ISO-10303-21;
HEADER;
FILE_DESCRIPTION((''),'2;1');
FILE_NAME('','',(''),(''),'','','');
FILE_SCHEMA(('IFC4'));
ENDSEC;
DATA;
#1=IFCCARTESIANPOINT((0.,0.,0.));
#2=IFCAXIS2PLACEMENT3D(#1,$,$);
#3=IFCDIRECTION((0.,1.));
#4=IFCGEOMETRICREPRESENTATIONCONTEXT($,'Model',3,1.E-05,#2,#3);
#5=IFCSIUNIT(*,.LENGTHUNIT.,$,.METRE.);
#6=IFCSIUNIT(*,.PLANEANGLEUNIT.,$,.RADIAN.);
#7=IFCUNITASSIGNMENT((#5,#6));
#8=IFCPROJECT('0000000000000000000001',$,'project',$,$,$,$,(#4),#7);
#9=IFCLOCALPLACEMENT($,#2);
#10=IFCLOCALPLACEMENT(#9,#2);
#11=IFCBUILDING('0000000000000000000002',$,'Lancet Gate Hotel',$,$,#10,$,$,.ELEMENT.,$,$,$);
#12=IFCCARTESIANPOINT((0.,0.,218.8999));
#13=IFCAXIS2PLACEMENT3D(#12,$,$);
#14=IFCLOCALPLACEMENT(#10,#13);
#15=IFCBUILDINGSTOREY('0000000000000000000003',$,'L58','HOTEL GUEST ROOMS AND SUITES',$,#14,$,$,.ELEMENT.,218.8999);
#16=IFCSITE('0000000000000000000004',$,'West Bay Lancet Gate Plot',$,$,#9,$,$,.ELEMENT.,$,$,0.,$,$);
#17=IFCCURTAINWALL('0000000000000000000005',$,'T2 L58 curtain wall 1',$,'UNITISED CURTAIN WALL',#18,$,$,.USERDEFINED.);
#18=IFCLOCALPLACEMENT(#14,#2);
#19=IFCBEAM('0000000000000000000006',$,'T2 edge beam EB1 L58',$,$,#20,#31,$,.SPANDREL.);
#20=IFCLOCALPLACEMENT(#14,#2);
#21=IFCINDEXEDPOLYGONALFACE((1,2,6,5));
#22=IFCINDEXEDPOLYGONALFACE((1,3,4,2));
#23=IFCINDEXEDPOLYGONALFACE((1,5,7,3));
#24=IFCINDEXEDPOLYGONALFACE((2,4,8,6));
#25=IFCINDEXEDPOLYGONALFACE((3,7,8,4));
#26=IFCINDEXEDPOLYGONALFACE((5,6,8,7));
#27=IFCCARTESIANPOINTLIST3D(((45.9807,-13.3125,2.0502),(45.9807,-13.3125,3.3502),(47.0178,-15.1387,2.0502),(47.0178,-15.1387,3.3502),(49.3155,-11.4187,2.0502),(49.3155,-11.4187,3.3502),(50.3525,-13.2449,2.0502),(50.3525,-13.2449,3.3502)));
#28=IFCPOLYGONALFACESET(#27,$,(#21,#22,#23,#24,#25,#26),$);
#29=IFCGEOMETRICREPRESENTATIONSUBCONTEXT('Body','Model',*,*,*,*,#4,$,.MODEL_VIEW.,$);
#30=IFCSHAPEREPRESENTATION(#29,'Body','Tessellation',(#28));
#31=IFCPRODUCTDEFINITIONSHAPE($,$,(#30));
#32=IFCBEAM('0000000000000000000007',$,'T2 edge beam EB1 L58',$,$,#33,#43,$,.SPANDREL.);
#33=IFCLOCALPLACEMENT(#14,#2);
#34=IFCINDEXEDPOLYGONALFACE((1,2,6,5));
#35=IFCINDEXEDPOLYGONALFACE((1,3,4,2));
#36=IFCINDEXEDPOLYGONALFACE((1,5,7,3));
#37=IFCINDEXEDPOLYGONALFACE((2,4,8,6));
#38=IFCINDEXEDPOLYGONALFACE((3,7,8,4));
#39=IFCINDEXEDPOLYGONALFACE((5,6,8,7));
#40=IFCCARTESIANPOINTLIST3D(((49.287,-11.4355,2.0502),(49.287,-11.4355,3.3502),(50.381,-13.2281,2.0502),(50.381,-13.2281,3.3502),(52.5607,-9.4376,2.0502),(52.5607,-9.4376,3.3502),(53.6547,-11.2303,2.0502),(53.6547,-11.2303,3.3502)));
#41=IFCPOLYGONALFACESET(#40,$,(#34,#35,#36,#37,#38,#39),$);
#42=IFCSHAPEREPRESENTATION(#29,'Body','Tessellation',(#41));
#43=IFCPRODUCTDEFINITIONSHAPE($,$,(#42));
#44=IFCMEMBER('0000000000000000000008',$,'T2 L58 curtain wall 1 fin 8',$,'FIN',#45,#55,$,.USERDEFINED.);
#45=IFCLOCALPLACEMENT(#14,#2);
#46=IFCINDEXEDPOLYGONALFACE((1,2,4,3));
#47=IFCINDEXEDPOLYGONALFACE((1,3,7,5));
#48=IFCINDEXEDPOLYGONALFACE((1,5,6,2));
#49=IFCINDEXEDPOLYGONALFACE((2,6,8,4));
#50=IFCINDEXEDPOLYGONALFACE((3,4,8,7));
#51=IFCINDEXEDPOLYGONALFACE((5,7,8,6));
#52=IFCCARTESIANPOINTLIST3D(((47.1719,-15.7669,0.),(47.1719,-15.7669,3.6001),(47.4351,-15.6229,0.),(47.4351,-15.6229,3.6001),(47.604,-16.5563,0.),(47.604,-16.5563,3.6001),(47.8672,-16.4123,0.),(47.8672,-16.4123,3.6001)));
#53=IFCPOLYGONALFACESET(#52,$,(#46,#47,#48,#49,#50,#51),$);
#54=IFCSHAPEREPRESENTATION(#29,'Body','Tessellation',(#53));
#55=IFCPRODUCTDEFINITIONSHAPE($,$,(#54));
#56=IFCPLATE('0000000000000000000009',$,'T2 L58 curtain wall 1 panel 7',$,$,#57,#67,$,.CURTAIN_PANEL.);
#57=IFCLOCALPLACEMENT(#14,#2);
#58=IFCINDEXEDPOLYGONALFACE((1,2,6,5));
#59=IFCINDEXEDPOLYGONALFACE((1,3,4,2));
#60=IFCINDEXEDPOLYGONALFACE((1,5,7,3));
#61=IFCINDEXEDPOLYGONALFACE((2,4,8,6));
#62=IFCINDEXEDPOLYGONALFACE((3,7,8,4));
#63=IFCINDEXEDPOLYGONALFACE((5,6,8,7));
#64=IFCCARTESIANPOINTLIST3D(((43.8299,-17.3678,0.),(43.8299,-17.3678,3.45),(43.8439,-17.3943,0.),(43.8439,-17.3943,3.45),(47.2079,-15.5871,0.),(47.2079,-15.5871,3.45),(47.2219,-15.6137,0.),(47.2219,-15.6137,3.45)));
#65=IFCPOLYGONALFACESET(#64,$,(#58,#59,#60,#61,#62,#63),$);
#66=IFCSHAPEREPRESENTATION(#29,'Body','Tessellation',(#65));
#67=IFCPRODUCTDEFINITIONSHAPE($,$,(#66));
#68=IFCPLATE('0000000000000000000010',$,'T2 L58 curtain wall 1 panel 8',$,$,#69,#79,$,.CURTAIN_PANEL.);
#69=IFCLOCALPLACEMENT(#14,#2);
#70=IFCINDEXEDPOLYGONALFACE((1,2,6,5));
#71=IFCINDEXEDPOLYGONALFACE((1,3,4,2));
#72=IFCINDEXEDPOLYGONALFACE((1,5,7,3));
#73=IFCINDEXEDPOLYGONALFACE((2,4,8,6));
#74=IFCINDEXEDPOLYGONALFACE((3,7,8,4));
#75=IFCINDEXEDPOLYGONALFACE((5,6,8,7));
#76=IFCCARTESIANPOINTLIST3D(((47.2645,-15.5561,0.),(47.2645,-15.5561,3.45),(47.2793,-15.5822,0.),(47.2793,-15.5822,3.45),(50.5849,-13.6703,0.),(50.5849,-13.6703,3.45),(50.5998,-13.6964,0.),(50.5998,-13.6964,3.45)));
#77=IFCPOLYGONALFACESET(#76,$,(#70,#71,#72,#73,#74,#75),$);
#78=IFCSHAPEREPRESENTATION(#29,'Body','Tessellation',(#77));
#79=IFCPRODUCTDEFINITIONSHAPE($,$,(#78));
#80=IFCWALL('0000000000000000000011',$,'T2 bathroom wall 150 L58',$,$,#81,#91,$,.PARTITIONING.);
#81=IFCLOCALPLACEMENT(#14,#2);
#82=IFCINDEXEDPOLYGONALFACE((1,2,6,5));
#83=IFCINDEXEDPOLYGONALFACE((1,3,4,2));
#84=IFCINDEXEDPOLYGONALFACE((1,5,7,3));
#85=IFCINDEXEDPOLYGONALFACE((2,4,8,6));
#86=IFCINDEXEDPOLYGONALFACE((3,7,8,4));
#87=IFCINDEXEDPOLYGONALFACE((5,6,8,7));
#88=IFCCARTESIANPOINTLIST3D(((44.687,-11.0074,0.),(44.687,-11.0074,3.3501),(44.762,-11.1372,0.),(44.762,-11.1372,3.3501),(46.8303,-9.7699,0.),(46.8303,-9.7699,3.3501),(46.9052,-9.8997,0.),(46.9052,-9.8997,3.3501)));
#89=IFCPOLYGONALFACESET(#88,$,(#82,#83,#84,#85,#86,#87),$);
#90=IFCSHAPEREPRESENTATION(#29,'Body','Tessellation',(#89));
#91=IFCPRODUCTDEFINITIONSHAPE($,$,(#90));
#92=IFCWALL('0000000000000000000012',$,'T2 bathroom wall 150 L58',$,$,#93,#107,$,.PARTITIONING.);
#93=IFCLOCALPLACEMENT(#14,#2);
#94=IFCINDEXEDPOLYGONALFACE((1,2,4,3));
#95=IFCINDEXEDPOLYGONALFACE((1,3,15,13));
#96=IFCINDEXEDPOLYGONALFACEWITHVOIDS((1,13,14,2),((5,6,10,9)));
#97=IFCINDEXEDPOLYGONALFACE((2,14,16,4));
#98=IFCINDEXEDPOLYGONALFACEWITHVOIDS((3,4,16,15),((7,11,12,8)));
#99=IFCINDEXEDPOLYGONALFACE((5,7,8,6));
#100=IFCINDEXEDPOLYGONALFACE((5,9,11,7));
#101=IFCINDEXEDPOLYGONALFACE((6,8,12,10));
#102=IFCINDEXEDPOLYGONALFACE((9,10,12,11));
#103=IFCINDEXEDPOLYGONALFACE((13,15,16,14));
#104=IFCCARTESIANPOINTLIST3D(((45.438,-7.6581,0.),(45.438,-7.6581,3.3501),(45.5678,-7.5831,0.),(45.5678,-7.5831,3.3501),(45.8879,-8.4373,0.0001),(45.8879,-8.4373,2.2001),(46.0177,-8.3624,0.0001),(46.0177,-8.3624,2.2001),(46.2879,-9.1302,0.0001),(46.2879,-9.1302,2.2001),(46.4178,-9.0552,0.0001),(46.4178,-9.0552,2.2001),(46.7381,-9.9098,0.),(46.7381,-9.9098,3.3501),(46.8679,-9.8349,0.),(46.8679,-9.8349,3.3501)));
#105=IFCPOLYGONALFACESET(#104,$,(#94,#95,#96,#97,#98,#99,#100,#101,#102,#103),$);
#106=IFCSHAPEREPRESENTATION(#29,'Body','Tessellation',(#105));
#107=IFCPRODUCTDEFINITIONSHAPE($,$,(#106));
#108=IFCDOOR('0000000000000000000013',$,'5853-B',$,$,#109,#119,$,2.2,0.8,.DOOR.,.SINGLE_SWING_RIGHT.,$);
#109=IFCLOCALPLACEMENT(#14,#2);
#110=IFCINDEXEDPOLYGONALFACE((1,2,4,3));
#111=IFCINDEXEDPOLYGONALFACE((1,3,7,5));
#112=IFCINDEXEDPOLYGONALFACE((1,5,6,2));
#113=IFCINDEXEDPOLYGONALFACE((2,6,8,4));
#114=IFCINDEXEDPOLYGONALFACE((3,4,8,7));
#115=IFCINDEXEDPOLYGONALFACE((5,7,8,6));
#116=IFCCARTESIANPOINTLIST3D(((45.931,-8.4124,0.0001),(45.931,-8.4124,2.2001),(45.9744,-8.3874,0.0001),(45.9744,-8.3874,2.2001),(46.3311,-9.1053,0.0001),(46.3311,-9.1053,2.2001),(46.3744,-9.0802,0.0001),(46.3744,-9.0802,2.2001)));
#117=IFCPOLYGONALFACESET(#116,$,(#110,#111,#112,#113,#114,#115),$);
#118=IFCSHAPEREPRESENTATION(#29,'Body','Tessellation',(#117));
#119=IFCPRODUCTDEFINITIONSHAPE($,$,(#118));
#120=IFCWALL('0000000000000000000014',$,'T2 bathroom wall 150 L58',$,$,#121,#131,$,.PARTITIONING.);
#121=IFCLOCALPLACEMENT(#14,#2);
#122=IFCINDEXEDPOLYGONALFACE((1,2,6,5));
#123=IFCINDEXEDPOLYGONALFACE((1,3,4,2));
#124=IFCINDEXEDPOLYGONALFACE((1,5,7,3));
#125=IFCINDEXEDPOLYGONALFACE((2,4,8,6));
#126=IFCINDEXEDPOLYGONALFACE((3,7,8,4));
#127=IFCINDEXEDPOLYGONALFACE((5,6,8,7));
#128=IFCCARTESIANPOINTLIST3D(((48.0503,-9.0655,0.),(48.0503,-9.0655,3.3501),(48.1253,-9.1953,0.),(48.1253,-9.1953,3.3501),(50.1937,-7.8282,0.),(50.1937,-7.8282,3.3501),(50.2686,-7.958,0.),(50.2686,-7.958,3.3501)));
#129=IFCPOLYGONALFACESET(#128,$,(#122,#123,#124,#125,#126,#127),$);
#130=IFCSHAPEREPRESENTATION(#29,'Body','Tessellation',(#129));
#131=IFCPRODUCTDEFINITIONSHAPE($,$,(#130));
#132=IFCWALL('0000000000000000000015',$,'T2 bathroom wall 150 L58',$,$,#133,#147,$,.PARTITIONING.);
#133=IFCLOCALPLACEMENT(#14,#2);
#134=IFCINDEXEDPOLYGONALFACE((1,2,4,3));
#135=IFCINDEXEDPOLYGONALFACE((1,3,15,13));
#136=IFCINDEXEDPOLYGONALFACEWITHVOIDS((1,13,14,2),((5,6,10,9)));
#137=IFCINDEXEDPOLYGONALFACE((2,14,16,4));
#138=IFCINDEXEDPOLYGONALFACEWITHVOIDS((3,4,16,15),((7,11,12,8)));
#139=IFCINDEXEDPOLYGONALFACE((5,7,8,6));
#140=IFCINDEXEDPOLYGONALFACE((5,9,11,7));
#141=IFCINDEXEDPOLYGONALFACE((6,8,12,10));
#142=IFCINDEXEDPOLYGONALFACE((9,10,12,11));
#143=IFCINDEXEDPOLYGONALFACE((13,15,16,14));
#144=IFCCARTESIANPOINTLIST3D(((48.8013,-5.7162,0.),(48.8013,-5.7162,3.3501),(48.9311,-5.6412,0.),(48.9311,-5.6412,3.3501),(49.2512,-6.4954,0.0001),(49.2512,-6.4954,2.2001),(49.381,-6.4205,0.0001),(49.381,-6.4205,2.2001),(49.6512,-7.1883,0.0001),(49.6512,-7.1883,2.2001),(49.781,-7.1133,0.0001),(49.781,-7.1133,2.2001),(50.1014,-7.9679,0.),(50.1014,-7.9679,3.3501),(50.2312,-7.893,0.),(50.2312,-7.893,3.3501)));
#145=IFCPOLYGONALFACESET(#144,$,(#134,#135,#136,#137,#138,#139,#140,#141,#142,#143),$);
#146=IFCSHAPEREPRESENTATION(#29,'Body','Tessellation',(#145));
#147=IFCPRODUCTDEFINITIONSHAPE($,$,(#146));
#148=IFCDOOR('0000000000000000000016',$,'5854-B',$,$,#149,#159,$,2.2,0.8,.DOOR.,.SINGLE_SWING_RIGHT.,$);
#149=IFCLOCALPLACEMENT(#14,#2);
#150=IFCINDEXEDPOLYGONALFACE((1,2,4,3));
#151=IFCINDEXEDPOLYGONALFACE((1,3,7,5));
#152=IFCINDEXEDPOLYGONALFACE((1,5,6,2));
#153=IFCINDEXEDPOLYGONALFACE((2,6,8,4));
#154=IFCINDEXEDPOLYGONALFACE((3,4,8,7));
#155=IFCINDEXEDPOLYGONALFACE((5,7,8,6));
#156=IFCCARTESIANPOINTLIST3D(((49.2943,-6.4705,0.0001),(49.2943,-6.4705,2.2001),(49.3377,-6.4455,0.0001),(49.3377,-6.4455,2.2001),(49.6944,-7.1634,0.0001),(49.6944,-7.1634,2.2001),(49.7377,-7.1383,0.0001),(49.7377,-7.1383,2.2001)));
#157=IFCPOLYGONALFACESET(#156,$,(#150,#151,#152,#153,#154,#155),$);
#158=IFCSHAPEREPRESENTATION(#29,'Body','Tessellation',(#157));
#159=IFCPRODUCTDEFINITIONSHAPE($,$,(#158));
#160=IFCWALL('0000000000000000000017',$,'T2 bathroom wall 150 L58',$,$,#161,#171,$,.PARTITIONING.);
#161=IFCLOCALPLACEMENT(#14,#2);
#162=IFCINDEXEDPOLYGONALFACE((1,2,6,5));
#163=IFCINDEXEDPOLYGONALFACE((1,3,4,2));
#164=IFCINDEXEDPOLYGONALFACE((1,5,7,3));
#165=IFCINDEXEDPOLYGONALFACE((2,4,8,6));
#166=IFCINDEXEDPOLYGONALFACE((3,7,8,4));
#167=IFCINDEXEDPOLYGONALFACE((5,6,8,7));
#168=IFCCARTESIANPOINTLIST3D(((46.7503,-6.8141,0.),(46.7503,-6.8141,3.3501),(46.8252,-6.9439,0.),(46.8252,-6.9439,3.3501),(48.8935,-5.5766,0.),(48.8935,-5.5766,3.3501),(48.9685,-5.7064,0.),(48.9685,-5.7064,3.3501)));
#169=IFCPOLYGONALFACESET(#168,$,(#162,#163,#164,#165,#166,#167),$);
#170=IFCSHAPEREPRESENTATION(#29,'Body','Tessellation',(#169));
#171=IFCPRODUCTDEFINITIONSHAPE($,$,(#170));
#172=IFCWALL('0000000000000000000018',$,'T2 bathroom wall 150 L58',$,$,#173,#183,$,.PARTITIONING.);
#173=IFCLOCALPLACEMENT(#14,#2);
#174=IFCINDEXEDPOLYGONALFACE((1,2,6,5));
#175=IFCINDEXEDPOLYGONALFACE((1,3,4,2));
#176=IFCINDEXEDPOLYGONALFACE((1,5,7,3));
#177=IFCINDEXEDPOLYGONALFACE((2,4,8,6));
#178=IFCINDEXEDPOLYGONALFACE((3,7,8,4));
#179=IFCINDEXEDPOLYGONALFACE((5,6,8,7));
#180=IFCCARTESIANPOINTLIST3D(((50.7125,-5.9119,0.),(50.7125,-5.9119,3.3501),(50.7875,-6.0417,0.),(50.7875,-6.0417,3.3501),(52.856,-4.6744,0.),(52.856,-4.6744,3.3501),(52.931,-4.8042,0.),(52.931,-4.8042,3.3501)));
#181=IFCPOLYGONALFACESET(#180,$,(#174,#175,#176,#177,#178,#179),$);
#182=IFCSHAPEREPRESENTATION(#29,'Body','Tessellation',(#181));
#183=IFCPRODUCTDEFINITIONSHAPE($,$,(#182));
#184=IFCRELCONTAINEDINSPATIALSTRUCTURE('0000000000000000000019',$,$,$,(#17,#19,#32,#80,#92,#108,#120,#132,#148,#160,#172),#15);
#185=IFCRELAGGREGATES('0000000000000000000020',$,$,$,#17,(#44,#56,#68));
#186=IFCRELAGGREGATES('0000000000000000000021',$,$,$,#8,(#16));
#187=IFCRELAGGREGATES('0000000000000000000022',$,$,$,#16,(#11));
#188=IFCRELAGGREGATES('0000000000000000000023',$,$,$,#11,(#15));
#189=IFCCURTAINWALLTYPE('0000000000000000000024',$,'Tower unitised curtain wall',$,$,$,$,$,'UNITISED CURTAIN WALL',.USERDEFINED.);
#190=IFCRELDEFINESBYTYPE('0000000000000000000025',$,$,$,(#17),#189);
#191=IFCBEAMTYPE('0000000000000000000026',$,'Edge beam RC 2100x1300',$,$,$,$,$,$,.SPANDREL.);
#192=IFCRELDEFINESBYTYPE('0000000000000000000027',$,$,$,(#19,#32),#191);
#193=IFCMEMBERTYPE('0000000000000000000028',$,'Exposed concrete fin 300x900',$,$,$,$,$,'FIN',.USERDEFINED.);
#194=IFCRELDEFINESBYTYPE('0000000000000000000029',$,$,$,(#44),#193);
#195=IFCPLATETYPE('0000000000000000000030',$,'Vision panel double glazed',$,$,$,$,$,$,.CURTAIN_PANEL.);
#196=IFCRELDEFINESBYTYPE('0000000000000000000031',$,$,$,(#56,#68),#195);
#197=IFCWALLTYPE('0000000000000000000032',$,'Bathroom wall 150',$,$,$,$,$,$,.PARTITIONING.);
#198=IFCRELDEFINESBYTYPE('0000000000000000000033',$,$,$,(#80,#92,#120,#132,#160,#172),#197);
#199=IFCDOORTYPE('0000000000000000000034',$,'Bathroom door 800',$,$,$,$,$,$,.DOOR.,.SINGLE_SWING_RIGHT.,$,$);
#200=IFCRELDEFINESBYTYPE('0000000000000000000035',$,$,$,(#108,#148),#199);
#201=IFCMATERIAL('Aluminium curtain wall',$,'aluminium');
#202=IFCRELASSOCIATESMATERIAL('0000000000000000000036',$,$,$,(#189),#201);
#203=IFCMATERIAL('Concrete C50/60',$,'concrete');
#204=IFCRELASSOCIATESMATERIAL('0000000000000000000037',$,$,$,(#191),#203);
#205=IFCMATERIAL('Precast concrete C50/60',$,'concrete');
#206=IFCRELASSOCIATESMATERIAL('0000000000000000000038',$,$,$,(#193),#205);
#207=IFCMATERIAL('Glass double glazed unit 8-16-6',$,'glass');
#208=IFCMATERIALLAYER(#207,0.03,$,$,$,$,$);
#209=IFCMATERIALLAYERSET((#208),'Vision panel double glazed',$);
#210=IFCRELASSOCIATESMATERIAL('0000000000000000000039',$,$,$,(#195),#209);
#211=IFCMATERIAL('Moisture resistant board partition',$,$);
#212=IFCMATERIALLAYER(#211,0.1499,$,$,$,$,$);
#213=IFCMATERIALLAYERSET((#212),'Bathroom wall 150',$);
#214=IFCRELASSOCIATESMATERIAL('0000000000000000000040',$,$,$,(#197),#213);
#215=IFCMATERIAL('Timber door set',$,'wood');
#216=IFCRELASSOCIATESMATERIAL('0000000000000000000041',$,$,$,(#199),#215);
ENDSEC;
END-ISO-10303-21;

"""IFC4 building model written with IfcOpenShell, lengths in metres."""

from ifc_helpers import new_model, si_unit, direction, frame, frame_2d, origin, origin_2d, place, context, subcontext, project, spatial, rectangle, extrude, material, layer, layer_set, material_profile, profile_set, type_object, element, fill, aggregate, save


model = new_model("IFC4")

# Units and contexts
model_context = context("Model", 3, precision=1e-05, world=origin(), true_north=direction((0.0, 1.0)))
body_context = subcontext(model_context, "Body", "Model", "MODEL_VIEW")
ifc_project = project(units=[si_unit("LENGTHUNIT", "METRE"), si_unit("PLANEANGLEUNIT", "RADIAN")], contexts=[model_context])

# Site, building, storey
site_placement = place(None, origin())
site = spatial("IfcSite", under=ifc_project, at=site_placement, Name="West Bay Lancet Gate Plot", CompositionType="ELEMENT", RefElevation=0.0)
building_placement = place(site_placement, origin())
building = spatial("IfcBuilding", under=site, at=building_placement, Name="Lancet Gate Hotel", CompositionType="ELEMENT")
storey_placement = place(building_placement, frame((0.0, 0.0, 218.8999)))
storey = spatial("IfcBuildingStorey", under=building, at=storey_placement, Name="L58", Description="HOTEL GUEST ROOMS AND SUITES", CompositionType="ELEMENT", Elevation=218.8999)

# Curtain wall
ifc_material_1 = material(Name="Aluminium curtain wall", Category="aluminium")
curtain_wall_type = type_object("IfcCurtainWallType", Name="Tower unitised curtain wall", ElementType="UNITISED CURTAIN WALL", PredefinedType="USERDEFINED", material=ifc_material_1)
curtain_wall_placement = place(storey_placement, origin())
curtain_wall = element("IfcCurtainWall", 1, at=curtain_wall_placement, inside=storey, type_object=curtain_wall_type, Name="T2 L58 curtain wall 1", ObjectType="UNITISED CURTAIN WALL", PredefinedType="USERDEFINED")

# Beams
ifc_material_2 = material(Name="Concrete C50/60", Category="concrete")
ifc_material_profile_1 = material_profile(ifc_material_2, rectangle(XDim=2.1001, YDim=1.3, at=origin_2d()), Name="RC 2100x1300")
ifc_profile_set_1 = profile_set([ifc_material_profile_1], Name="Concrete C50/60")
beam_type = type_object("IfcBeamType", Name="Edge beam RC 2100x1300", PredefinedType="SPANDREL", material=ifc_profile_set_1)
beam_1_placement = place(storey_placement, frame((46.4993, -14.2256, 2.7002), z_axis=(0.86956, 0.493827, 0.0), x_axis=(-0.493827, 0.86956, 0.0)))
element("IfcBeam", 2, at=beam_1_placement, inside=storey, type_object=beam_type, Name="T2 edge beam EB1 L58", PredefinedType="SPANDREL", context=body_context, shape_type="SweptSolid", body=[
    extrude(rectangle(XDim=2.1001, YDim=1.3, at=origin_2d()), origin(), (0.0, 0.0, 1.0), 3.835),
])
beam_2_placement = place(storey_placement, frame((49.834, -12.3318, 2.7002), z_axis=(0.853604, 0.520922, 0.0), x_axis=(-0.520922, 0.853604, 0.0)))
element("IfcBeam", 3, at=beam_2_placement, inside=storey, type_object=beam_type, Name="T2 edge beam EB1 L58", PredefinedType="SPANDREL", context=body_context, shape_type="SweptSolid", body=[
    extrude(rectangle(XDim=2.1001, YDim=1.3, at=origin_2d()), origin(), (0.0, 0.0, 1.0), 3.8352),
])

# Member
ifc_material_3 = material(Name="Precast concrete C50/60", Category="concrete")
ifc_material_profile_2 = material_profile(ifc_material_3, rectangle(XDim=0.3, YDim=0.8999, at=origin_2d()), Name="FIN 300x900")
ifc_profile_set_2 = profile_set([ifc_material_profile_2], Name="Precast concrete C50/60")
member_type_1 = type_object("IfcMemberType", Name="Exposed concrete fin 300x900", ElementType="FIN", PredefinedType="USERDEFINED", material=ifc_profile_set_2)
member_1_placement = place(storey_placement, frame((47.5195, -16.0896, 0.0), z_axis=(0.0, 0.0, 1.0), x_axis=(0.877195, 0.480135, 0.0)))
member_1 = element("IfcMember", 4, at=member_1_placement, type_object=member_type_1, Name="T2 L58 curtain wall 1 fin 8", ObjectType="FIN", PredefinedType="USERDEFINED", context=body_context, shape_type="SweptSolid", body=[
    extrude(rectangle(XDim=0.3, YDim=0.8999, at=origin_2d()), origin(), (0.0, 0.0, 1.0), 3.6001),
])

# Plates
ifc_material_4 = material(Name="Glass double glazed unit 8-16-6", Category="glass")
ifc_layer_1 = layer(ifc_material_4, 0.03)
ifc_layer_set_1 = layer_set([ifc_layer_1], Name="Vision panel double glazed")
plate_type = type_object("IfcPlateType", Name="Vision panel double glazed", PredefinedType="CURTAIN_PANEL", material=ifc_layer_set_1)
plate_1_placement = place(storey_placement, frame((45.5259, -16.4907, 0.0), z_axis=(0.0, 0.0, 1.0), x_axis=(0.884623, 0.466307, 0.0)))
plate_1 = element("IfcPlate", 5, at=plate_1_placement, type_object=plate_type, Name="T2 L58 curtain wall 1 panel 7", PredefinedType="CURTAIN_PANEL", context=body_context, shape_type="SweptSolid", body=[
    extrude(rectangle(XDim=3.8186, YDim=0.03, at=origin_2d()), origin(), (0.0, 0.0, 1.0), 3.45),
])
plate_2_placement = place(storey_placement, frame((48.9321, -14.6262, 0.0), z_axis=(0.0, 0.0, 1.0), x_axis=(0.86955, 0.493844, 0.0)))
plate_2 = element("IfcPlate", 6, at=plate_2_placement, type_object=plate_type, Name="T2 L58 curtain wall 1 panel 8", PredefinedType="CURTAIN_PANEL", context=body_context, shape_type="SweptSolid", body=[
    extrude(rectangle(XDim=3.8186, YDim=0.03, at=origin_2d()), origin(), (0.0, 0.0, 1.0), 3.45),
])
aggregate(curtain_wall, [member_1, plate_1, plate_2])

# Wall
ifc_material_5 = material(Name="Moisture resistant board partition")
ifc_layer_2 = layer(ifc_material_5, 0.1499)
ifc_layer_set_2 = layer_set([ifc_layer_2], Name="Bathroom wall 150")
wall_type_1 = type_object("IfcWallType", Name="Bathroom wall 150", PredefinedType="PARTITIONING", material=ifc_layer_set_2)
wall_1_placement = place(storey_placement, frame((44.7246, -11.0723, 0.0), z_axis=(0.0, 0.0, 1.0), x_axis=(0.866007, 0.500033, 0.0)))
element("IfcWall", 7, at=wall_1_placement, inside=storey, type_object=wall_type_1, Name="T2 bathroom wall 150 L58", PredefinedType="PARTITIONING", context=body_context, shape_type="SweptSolid", body=[
    extrude(rectangle(XDim=2.4749, YDim=0.1499, at=frame_2d((1.2373, 0.0))), origin(), (0.0, 0.0, 1.0), 3.3501),
])

# Wall, opening, door
wall_2_placement = place(storey_placement, frame((45.5029, -7.6206, 0.0), z_axis=(0.0, 0.0, 1.0), x_axis=(0.500007, -0.866021, 0.0)))
wall_2 = element("IfcWall", 8, at=wall_2_placement, inside=storey, type_object=wall_type_1, Name="T2 bathroom wall 150 L58", PredefinedType="PARTITIONING", context=body_context, shape_type="SweptSolid", body=[
    extrude(rectangle(XDim=2.6001, YDim=0.1499, at=frame_2d((1.3, 0.0))), origin(), (0.0, 0.0, 1.0), 3.3501),
])
opening_1_placement = place(wall_2_placement, frame((0.8999, 0.0, 0.0)))
opening_1 = element("IfcOpeningElement", 9, at=opening_1_placement, cuts=wall_2, PredefinedType="OPENING", context=body_context, shape_type="SweptSolid", body=[
    extrude(rectangle(XDim=0.8, YDim=2.2, at=frame_2d((0.3999, 1.1001))), frame((0.0, 0.085, 0.0), z_axis=(0.0, -1.0, 0.0), x_axis=(1.0, 0.0, 0.0)), (0.0, 0.0, 1.0), 0.1699),
])
ifc_material_6 = material(Name="Timber door set", Category="wood")
door_type = type_object("IfcDoorType", Name="Bathroom door 800", OperationType="SINGLE_SWING_RIGHT", PredefinedType="DOOR", material=ifc_material_6)
door_1_placement = place(opening_1_placement, origin())
door_1 = element("IfcDoor", 10, at=door_1_placement, inside=storey, type_object=door_type, Name="5853-B", OperationType="SINGLE_SWING_RIGHT", OverallHeight=2.2, OverallWidth=0.8, PredefinedType="DOOR", context=body_context, shape_type="SweptSolid", body=[
    extrude(rectangle(XDim=0.8, YDim=2.2, at=frame_2d((0.3999, 1.1001))), frame((0.0, 0.0249, 0.0), z_axis=(0.0, -1.0, 0.0), x_axis=(1.0, 0.0, 0.0)), (0.0, 0.0, 1.0), 0.05),
])
fill(opening_1, door_1)

# Wall
wall_3_placement = place(storey_placement, frame((48.0879, -9.1304, 0.0), z_axis=(0.0, 0.0, 1.0), x_axis=(0.866049, 0.499959, 0.0)))
element("IfcWall", 11, at=wall_3_placement, inside=storey, type_object=wall_type_1, Name="T2 bathroom wall 150 L58", PredefinedType="PARTITIONING", context=body_context, shape_type="SweptSolid", body=[
    extrude(rectangle(XDim=2.4749, YDim=0.1499, at=frame_2d((1.2373, 0.0))), origin(), (0.0, 0.0, 1.0), 3.3501),
])

# Wall, opening, door
wall_4_placement = place(storey_placement, frame((48.8662, -5.6787, 0.0), z_axis=(0.0, 0.0, 1.0), x_axis=(0.500007, -0.866021, 0.0)))
wall_4 = element("IfcWall", 12, at=wall_4_placement, inside=storey, type_object=wall_type_1, Name="T2 bathroom wall 150 L58", PredefinedType="PARTITIONING", context=body_context, shape_type="SweptSolid", body=[
    extrude(rectangle(XDim=2.6001, YDim=0.1499, at=frame_2d((1.3, 0.0))), origin(), (0.0, 0.0, 1.0), 3.3501),
])
opening_2_placement = place(wall_4_placement, frame((0.8999, 0.0, 0.0)))
opening_2 = element("IfcOpeningElement", 13, at=opening_2_placement, cuts=wall_4, PredefinedType="OPENING", context=body_context, shape_type="SweptSolid", body=[
    extrude(rectangle(XDim=0.8, YDim=2.2, at=frame_2d((0.3999, 1.1001))), frame((0.0, 0.085, 0.0), z_axis=(0.0, -1.0, 0.0), x_axis=(1.0, 0.0, 0.0)), (0.0, 0.0, 1.0), 0.1699),
])
door_2_placement = place(opening_2_placement, origin())
door_2 = element("IfcDoor", 14, at=door_2_placement, inside=storey, type_object=door_type, Name="5854-B", OperationType="SINGLE_SWING_RIGHT", OverallHeight=2.2, OverallWidth=0.8, PredefinedType="DOOR", context=body_context, shape_type="SweptSolid", body=[
    extrude(rectangle(XDim=0.8, YDim=2.2, at=frame_2d((0.3999, 1.1001))), frame((0.0, 0.0249, 0.0), z_axis=(0.0, -1.0, 0.0), x_axis=(1.0, 0.0, 0.0)), (0.0, 0.0, 1.0), 0.05),
])
fill(opening_2, door_2)

# Walls
wall_5_placement = place(storey_placement, frame((46.7878, -6.8789, 0.0), z_axis=(0.0, 0.0, 1.0), x_axis=(0.866007, 0.500033, 0.0)))
element("IfcWall", 15, at=wall_5_placement, inside=storey, type_object=wall_type_1, Name="T2 bathroom wall 150 L58", PredefinedType="PARTITIONING", context=body_context, shape_type="SweptSolid", body=[
    extrude(rectangle(XDim=2.4749, YDim=0.1499, at=frame_2d((1.2373, 0.0))), origin(), (0.0, 0.0, 1.0), 3.3501),
])
wall_6_placement = place(storey_placement, frame((50.75, -5.9768, 0.0), z_axis=(0.0, 0.0, 1.0), x_axis=(0.866031, 0.49999, 0.0)))
element("IfcWall", 16, at=wall_6_placement, inside=storey, type_object=wall_type_1, Name="T2 bathroom wall 150 L58", PredefinedType="PARTITIONING", context=body_context, shape_type="SweptSolid", body=[
    extrude(rectangle(XDim=2.4751, YDim=0.1499, at=frame_2d((1.2375, 0.0))), origin(), (0.0, 0.0, 1.0), 3.3501),
])

save(model, "model.ifc")
